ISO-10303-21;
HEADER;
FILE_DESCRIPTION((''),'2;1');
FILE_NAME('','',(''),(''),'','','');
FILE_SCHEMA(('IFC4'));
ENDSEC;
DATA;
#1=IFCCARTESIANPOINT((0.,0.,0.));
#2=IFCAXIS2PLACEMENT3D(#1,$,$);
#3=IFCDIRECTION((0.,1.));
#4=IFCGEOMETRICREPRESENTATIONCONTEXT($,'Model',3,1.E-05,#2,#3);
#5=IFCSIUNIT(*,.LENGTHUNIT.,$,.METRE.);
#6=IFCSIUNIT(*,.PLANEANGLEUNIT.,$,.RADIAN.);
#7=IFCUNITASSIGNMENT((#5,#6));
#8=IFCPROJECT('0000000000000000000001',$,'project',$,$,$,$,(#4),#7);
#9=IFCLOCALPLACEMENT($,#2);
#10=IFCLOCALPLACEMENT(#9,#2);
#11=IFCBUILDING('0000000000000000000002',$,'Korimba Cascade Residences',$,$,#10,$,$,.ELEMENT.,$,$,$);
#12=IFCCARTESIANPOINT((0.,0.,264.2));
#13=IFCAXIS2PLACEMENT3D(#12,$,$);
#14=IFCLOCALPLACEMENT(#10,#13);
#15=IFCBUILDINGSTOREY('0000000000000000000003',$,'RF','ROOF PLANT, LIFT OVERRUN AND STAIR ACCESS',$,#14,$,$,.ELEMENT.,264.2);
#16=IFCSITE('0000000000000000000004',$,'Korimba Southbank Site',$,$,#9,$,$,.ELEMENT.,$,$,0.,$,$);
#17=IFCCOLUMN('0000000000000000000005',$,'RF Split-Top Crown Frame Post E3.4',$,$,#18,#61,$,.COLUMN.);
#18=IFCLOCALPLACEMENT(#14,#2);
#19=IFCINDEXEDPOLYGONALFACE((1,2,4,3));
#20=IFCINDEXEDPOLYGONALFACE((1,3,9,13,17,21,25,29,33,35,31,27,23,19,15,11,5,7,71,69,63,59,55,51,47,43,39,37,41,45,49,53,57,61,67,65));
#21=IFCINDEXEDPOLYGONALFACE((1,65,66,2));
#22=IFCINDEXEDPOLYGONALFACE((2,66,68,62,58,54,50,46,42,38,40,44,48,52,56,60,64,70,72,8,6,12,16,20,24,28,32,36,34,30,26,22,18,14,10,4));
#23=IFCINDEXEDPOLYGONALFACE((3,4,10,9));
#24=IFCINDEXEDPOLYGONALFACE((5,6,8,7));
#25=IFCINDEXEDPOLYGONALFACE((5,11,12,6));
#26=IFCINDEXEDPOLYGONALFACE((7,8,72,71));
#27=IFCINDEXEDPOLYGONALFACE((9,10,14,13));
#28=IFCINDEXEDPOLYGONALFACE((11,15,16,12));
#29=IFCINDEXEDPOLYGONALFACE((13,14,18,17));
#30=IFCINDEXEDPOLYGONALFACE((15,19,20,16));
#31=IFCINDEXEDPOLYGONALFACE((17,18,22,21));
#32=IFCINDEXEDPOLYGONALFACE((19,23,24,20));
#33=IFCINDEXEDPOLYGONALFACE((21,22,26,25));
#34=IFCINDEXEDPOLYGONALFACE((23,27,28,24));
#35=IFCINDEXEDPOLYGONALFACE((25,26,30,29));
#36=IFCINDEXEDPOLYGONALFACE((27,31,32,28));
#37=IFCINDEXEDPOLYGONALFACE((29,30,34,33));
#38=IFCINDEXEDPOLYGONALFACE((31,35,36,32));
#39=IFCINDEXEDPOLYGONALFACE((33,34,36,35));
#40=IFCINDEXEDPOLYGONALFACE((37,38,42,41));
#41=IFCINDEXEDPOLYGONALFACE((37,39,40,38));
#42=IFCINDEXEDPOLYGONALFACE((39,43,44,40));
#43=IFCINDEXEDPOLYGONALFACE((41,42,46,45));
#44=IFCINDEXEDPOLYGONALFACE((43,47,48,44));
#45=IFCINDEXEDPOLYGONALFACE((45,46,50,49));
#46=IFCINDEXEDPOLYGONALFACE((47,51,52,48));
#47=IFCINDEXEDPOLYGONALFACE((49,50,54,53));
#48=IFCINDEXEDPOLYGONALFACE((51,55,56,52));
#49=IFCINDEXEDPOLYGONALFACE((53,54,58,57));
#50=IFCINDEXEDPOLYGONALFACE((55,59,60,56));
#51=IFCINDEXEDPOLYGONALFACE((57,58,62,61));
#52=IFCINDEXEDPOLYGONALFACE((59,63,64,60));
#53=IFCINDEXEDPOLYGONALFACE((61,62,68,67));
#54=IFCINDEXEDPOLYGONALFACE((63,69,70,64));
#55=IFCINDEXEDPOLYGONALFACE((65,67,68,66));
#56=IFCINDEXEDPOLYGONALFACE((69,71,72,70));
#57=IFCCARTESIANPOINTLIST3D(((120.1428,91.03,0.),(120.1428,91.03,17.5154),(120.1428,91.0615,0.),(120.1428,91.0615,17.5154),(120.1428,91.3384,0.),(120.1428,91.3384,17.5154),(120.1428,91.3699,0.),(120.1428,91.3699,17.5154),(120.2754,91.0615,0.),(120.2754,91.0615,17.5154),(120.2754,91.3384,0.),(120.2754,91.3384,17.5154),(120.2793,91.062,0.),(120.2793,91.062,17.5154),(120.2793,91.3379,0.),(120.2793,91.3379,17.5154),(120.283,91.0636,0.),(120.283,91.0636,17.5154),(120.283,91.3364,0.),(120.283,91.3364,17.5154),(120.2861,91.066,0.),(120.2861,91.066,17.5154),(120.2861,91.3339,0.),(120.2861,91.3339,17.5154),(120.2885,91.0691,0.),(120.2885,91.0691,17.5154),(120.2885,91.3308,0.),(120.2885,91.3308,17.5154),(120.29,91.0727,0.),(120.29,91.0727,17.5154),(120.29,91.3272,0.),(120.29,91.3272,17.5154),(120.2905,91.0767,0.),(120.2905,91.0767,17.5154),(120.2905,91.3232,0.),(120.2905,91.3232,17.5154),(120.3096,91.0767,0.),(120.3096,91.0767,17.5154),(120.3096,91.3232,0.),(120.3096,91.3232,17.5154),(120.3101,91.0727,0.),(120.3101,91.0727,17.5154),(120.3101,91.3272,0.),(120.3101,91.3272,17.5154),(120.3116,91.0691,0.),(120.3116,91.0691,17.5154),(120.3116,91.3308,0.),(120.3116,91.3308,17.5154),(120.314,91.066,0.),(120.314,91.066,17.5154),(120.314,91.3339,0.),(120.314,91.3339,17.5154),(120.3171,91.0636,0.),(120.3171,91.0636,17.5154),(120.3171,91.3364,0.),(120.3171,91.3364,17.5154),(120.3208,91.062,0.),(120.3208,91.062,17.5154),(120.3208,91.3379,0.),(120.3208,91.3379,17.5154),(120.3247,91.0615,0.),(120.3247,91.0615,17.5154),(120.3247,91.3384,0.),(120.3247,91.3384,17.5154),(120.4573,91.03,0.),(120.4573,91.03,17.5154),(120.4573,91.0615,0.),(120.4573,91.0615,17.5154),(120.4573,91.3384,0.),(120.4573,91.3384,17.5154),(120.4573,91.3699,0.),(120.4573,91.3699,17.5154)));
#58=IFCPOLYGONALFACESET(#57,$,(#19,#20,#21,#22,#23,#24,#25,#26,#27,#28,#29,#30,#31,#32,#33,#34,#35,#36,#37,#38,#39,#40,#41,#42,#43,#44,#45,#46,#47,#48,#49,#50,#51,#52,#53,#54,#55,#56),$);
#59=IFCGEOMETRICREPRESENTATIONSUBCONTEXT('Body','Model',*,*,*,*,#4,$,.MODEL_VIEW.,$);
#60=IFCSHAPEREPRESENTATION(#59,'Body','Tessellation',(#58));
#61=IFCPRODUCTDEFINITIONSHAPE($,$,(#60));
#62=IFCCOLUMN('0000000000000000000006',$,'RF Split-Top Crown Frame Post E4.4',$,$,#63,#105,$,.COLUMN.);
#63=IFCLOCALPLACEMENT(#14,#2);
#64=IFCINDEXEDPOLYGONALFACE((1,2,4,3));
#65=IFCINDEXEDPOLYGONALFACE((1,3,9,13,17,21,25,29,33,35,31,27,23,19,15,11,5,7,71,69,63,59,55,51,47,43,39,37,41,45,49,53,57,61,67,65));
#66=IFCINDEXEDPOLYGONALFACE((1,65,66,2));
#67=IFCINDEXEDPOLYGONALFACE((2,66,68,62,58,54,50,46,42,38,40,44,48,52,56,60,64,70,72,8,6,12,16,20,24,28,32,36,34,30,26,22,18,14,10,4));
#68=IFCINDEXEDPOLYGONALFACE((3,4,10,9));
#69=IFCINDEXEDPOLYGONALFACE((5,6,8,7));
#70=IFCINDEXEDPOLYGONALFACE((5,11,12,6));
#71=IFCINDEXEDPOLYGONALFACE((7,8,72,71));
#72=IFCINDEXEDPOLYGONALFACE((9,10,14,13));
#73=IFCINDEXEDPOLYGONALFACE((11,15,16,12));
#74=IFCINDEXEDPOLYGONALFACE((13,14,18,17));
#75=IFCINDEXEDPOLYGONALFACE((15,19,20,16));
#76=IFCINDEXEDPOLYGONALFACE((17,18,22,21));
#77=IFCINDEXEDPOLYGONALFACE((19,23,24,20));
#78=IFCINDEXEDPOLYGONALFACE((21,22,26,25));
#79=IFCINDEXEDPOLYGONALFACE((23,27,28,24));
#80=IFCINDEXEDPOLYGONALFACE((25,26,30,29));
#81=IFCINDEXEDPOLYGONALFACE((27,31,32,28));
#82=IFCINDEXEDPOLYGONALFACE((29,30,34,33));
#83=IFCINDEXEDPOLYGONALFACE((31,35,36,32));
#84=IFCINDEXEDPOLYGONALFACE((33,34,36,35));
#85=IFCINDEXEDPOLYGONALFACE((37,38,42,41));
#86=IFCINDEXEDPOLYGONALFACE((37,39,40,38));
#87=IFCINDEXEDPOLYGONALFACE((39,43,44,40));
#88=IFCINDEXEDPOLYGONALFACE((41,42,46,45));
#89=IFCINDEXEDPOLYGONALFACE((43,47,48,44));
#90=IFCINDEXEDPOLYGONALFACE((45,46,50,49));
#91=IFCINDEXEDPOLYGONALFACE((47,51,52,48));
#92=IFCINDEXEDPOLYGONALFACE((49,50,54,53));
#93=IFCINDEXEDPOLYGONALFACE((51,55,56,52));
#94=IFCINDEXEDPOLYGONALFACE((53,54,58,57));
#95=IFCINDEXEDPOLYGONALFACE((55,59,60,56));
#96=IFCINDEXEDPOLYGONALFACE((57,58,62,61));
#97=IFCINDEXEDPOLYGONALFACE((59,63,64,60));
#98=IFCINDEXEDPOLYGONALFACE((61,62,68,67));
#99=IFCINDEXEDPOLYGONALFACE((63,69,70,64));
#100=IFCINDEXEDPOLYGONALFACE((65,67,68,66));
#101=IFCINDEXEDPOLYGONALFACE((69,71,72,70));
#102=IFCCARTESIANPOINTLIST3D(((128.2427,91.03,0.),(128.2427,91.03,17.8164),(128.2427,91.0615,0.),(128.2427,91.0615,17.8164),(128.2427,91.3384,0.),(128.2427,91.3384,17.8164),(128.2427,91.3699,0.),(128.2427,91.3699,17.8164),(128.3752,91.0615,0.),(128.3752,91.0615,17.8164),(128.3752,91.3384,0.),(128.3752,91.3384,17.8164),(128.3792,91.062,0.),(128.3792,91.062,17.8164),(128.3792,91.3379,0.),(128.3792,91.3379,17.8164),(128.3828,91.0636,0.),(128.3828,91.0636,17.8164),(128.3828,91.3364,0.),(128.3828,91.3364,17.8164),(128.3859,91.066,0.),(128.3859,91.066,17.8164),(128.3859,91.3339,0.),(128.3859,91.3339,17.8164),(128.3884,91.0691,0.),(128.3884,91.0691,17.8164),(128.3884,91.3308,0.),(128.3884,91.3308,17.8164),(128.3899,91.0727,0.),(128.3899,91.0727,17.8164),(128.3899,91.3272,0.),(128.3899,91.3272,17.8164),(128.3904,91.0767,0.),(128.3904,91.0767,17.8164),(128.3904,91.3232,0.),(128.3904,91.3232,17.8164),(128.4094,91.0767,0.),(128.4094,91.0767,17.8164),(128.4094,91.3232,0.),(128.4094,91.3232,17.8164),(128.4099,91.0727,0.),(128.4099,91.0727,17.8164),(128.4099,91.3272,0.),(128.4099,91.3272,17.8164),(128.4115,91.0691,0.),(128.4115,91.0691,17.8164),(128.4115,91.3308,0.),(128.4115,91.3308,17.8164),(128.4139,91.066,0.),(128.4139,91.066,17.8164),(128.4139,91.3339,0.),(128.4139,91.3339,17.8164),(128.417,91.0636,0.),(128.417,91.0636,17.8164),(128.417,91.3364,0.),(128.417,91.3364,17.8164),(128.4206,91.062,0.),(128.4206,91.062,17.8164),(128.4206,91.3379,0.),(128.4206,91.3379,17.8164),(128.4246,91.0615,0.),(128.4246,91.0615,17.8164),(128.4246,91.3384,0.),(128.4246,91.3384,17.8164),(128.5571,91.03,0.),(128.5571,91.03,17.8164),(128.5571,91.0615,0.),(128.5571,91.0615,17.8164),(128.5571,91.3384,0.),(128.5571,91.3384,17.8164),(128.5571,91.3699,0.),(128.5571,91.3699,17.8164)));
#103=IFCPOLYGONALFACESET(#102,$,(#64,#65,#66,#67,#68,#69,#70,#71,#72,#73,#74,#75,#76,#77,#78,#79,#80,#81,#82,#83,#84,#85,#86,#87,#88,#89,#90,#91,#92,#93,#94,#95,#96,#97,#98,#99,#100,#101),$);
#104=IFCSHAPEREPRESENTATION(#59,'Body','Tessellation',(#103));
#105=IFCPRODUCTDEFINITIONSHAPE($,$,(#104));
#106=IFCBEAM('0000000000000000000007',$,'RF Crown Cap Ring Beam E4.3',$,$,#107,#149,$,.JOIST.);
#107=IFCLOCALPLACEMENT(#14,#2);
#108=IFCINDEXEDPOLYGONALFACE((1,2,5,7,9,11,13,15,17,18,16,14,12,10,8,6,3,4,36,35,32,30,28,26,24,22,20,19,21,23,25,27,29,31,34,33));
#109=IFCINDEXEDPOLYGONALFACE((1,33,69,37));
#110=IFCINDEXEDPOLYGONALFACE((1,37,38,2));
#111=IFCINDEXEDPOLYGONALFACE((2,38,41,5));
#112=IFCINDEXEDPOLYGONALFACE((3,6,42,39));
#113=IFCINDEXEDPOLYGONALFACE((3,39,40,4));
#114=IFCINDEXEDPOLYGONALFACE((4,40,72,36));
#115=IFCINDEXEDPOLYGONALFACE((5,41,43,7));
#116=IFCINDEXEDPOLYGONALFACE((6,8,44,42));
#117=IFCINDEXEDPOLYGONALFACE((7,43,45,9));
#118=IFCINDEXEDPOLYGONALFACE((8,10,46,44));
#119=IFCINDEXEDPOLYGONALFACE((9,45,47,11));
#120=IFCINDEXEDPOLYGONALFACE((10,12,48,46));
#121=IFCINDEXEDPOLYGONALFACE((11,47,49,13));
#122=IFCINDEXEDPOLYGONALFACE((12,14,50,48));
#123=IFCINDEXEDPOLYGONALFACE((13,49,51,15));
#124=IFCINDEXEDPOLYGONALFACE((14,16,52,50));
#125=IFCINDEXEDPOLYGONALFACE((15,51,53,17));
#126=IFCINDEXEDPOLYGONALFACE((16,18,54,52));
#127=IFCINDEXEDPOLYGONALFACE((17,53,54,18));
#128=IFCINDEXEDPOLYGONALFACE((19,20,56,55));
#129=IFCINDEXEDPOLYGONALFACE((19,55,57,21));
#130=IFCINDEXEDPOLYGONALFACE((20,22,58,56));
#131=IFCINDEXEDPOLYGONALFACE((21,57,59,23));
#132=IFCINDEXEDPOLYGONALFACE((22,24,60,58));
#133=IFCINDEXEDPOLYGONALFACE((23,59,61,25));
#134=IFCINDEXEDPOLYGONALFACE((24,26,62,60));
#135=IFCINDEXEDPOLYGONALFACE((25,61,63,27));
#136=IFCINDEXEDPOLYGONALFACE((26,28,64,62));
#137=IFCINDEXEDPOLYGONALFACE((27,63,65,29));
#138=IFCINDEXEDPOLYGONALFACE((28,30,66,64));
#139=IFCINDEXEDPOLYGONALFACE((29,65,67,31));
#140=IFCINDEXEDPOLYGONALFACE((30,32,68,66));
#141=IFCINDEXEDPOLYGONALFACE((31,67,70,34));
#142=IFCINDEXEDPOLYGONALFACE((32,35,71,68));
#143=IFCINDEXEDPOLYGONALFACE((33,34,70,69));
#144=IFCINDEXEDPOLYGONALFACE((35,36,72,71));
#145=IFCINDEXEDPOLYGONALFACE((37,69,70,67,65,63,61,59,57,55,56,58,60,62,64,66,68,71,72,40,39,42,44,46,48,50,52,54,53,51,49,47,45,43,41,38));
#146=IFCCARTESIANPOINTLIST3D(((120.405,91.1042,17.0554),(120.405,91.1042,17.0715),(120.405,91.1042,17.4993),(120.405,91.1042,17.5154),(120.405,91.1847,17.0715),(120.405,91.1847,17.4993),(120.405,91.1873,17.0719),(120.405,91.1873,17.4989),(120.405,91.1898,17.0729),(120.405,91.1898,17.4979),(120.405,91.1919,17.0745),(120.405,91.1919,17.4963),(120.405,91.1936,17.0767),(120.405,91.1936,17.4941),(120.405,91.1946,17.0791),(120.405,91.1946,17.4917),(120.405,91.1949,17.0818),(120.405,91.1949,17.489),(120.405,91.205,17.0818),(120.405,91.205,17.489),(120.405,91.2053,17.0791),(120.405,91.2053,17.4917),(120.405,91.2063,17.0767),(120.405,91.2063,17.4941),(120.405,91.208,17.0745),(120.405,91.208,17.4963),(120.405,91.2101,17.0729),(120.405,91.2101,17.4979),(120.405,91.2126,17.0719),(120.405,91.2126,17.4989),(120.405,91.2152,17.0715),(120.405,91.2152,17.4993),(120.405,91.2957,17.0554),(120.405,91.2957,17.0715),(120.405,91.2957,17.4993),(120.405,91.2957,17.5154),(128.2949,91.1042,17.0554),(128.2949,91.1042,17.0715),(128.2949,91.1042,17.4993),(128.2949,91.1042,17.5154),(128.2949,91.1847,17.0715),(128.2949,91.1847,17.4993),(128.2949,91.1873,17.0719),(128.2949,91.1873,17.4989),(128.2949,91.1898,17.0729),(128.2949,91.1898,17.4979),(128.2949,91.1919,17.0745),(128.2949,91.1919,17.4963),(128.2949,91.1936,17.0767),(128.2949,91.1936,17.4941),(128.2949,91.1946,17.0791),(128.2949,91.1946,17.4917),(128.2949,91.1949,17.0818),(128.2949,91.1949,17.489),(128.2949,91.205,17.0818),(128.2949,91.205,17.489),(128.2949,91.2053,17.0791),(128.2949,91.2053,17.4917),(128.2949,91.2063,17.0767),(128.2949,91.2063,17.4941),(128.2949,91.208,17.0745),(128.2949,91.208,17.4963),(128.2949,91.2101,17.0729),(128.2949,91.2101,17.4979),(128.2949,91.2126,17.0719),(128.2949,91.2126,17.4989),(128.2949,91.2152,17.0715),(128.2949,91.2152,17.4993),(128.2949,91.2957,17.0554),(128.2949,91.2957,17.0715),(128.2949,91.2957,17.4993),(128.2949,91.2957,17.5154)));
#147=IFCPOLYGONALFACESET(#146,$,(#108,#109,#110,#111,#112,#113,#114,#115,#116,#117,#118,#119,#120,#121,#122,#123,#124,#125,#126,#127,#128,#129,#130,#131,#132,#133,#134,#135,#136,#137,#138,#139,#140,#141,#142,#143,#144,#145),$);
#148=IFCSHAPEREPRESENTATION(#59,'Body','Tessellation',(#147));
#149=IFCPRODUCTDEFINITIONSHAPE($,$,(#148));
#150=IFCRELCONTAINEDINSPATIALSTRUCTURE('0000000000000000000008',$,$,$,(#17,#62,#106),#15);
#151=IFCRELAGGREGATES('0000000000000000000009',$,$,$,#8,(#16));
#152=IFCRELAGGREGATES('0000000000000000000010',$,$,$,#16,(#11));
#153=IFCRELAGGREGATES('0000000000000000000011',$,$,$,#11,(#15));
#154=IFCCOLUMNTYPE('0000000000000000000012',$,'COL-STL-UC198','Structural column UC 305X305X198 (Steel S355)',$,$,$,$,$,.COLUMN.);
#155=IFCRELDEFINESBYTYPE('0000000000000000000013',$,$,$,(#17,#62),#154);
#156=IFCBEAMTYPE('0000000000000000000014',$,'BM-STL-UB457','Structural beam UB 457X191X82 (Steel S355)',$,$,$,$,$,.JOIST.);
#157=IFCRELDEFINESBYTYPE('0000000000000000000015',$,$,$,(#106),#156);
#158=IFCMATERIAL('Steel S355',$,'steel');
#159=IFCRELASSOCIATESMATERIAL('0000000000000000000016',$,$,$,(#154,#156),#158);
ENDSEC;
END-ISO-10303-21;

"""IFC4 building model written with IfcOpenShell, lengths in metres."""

from ifc_helpers import new_model, si_unit, direction, frame, origin, origin_2d, place, context, subcontext, project, spatial, i_section, extrude, material, material_profile, profile_set, type_object, element, save


model = new_model("IFC4")

# Units and contexts
model_context = context("Model", 3, precision=1e-05, world=origin(), true_north=direction((0.0, 1.0)))
body_context = subcontext(model_context, "Body", "Model", "MODEL_VIEW")
ifc_project = project(units=[si_unit("LENGTHUNIT", "METRE"), si_unit("PLANEANGLEUNIT", "RADIAN")], contexts=[model_context])

# Site, building, storey
site_placement = place(None, origin())
site = spatial("IfcSite", under=ifc_project, at=site_placement, Name="Korimba Southbank Site", CompositionType="ELEMENT", RefElevation=0.0)
building_placement = place(site_placement, origin())
building = spatial("IfcBuilding", under=site, at=building_placement, Name="Korimba Cascade Residences", CompositionType="ELEMENT")
storey_placement = place(building_placement, frame((0.0, 0.0, 264.2)))
storey = spatial("IfcBuildingStorey", under=building, at=storey_placement, Name="RF", Description="ROOF PLANT, LIFT OVERRUN AND STAIR ACCESS", CompositionType="ELEMENT", Elevation=264.2)

# Columns
ifc_material_1 = material(Name="Steel S355", Category="steel")
ifc_material_profile_1 = material_profile(ifc_material_1, i_section(OverallWidth=0.3145, OverallDepth=0.3398, WebThickness=0.019, FlangeThickness=0.0315, FilletRadius=0.0151, at=origin_2d()), Name="Steel S355")
ifc_profile_set_1 = profile_set([ifc_material_profile_1], Name="Steel S355")
column_type = type_object("IfcColumnType", Name="COL-STL-UC198", Description="Structural column UC 305X305X198 (Steel S355)", PredefinedType="COLUMN", material=ifc_profile_set_1)
column_1_placement = place(storey_placement, frame((120.3, 91.2, 0.0), z_axis=(0.0, 0.0, 1.0), x_axis=(1.0, 0.0, 0.0)))
element("IfcColumn", 1, at=column_1_placement, inside=storey, type_object=column_type, Name="RF Split-Top Crown Frame Post E3.4", PredefinedType="COLUMN", context=body_context, shape_type="SweptSolid", body=[
    extrude(i_section(OverallWidth=0.3145, OverallDepth=0.3398, WebThickness=0.019, FlangeThickness=0.0315, FilletRadius=0.0151, at=origin_2d()), origin(), (0.0, 0.0, 1.0), 17.5154),
])
column_2_placement = place(storey_placement, frame((128.3999, 91.2, 0.0), z_axis=(0.0, 0.0, 1.0), x_axis=(1.0, 0.0, 0.0)))
element("IfcColumn", 2, at=column_2_placement, inside=storey, type_object=column_type, Name="RF Split-Top Crown Frame Post E4.4", PredefinedType="COLUMN", context=body_context, shape_type="SweptSolid", body=[
    extrude(i_section(OverallWidth=0.3145, OverallDepth=0.3398, WebThickness=0.019, FlangeThickness=0.0315, FilletRadius=0.0151, at=origin_2d()), origin(), (0.0, 0.0, 1.0), 17.8164),
])

# Beam
ifc_material_profile_2 = material_profile(ifc_material_1, i_section(OverallWidth=0.1914, OverallDepth=0.46, WebThickness=0.01, FlangeThickness=0.0161, FilletRadius=0.0103, at=origin_2d()), Name="Steel S355")
ifc_profile_set_2 = profile_set([ifc_material_profile_2], Name="Steel S355")
beam_type = type_object("IfcBeamType", Name="BM-STL-UB457", Description="Structural beam UB 457X191X82 (Steel S355)", PredefinedType="JOIST", material=ifc_profile_set_2)
beam_placement = place(storey_placement, frame((120.405, 91.2, 17.2854), z_axis=(1.0, 0.0, 0.0), x_axis=(0.0, 1.0, 0.0)))
element("IfcBeam", 3, at=beam_placement, inside=storey, type_object=beam_type, Name="RF Crown Cap Ring Beam E4.3", PredefinedType="JOIST", context=body_context, shape_type="SweptSolid", body=[
    extrude(i_section(OverallWidth=0.1914, OverallDepth=0.46, WebThickness=0.01, FlangeThickness=0.0161, FilletRadius=0.0103, at=origin_2d()), origin(), (0.0, 0.0, 1.0), 7.8899),
])

save(model, "model.ifc")
